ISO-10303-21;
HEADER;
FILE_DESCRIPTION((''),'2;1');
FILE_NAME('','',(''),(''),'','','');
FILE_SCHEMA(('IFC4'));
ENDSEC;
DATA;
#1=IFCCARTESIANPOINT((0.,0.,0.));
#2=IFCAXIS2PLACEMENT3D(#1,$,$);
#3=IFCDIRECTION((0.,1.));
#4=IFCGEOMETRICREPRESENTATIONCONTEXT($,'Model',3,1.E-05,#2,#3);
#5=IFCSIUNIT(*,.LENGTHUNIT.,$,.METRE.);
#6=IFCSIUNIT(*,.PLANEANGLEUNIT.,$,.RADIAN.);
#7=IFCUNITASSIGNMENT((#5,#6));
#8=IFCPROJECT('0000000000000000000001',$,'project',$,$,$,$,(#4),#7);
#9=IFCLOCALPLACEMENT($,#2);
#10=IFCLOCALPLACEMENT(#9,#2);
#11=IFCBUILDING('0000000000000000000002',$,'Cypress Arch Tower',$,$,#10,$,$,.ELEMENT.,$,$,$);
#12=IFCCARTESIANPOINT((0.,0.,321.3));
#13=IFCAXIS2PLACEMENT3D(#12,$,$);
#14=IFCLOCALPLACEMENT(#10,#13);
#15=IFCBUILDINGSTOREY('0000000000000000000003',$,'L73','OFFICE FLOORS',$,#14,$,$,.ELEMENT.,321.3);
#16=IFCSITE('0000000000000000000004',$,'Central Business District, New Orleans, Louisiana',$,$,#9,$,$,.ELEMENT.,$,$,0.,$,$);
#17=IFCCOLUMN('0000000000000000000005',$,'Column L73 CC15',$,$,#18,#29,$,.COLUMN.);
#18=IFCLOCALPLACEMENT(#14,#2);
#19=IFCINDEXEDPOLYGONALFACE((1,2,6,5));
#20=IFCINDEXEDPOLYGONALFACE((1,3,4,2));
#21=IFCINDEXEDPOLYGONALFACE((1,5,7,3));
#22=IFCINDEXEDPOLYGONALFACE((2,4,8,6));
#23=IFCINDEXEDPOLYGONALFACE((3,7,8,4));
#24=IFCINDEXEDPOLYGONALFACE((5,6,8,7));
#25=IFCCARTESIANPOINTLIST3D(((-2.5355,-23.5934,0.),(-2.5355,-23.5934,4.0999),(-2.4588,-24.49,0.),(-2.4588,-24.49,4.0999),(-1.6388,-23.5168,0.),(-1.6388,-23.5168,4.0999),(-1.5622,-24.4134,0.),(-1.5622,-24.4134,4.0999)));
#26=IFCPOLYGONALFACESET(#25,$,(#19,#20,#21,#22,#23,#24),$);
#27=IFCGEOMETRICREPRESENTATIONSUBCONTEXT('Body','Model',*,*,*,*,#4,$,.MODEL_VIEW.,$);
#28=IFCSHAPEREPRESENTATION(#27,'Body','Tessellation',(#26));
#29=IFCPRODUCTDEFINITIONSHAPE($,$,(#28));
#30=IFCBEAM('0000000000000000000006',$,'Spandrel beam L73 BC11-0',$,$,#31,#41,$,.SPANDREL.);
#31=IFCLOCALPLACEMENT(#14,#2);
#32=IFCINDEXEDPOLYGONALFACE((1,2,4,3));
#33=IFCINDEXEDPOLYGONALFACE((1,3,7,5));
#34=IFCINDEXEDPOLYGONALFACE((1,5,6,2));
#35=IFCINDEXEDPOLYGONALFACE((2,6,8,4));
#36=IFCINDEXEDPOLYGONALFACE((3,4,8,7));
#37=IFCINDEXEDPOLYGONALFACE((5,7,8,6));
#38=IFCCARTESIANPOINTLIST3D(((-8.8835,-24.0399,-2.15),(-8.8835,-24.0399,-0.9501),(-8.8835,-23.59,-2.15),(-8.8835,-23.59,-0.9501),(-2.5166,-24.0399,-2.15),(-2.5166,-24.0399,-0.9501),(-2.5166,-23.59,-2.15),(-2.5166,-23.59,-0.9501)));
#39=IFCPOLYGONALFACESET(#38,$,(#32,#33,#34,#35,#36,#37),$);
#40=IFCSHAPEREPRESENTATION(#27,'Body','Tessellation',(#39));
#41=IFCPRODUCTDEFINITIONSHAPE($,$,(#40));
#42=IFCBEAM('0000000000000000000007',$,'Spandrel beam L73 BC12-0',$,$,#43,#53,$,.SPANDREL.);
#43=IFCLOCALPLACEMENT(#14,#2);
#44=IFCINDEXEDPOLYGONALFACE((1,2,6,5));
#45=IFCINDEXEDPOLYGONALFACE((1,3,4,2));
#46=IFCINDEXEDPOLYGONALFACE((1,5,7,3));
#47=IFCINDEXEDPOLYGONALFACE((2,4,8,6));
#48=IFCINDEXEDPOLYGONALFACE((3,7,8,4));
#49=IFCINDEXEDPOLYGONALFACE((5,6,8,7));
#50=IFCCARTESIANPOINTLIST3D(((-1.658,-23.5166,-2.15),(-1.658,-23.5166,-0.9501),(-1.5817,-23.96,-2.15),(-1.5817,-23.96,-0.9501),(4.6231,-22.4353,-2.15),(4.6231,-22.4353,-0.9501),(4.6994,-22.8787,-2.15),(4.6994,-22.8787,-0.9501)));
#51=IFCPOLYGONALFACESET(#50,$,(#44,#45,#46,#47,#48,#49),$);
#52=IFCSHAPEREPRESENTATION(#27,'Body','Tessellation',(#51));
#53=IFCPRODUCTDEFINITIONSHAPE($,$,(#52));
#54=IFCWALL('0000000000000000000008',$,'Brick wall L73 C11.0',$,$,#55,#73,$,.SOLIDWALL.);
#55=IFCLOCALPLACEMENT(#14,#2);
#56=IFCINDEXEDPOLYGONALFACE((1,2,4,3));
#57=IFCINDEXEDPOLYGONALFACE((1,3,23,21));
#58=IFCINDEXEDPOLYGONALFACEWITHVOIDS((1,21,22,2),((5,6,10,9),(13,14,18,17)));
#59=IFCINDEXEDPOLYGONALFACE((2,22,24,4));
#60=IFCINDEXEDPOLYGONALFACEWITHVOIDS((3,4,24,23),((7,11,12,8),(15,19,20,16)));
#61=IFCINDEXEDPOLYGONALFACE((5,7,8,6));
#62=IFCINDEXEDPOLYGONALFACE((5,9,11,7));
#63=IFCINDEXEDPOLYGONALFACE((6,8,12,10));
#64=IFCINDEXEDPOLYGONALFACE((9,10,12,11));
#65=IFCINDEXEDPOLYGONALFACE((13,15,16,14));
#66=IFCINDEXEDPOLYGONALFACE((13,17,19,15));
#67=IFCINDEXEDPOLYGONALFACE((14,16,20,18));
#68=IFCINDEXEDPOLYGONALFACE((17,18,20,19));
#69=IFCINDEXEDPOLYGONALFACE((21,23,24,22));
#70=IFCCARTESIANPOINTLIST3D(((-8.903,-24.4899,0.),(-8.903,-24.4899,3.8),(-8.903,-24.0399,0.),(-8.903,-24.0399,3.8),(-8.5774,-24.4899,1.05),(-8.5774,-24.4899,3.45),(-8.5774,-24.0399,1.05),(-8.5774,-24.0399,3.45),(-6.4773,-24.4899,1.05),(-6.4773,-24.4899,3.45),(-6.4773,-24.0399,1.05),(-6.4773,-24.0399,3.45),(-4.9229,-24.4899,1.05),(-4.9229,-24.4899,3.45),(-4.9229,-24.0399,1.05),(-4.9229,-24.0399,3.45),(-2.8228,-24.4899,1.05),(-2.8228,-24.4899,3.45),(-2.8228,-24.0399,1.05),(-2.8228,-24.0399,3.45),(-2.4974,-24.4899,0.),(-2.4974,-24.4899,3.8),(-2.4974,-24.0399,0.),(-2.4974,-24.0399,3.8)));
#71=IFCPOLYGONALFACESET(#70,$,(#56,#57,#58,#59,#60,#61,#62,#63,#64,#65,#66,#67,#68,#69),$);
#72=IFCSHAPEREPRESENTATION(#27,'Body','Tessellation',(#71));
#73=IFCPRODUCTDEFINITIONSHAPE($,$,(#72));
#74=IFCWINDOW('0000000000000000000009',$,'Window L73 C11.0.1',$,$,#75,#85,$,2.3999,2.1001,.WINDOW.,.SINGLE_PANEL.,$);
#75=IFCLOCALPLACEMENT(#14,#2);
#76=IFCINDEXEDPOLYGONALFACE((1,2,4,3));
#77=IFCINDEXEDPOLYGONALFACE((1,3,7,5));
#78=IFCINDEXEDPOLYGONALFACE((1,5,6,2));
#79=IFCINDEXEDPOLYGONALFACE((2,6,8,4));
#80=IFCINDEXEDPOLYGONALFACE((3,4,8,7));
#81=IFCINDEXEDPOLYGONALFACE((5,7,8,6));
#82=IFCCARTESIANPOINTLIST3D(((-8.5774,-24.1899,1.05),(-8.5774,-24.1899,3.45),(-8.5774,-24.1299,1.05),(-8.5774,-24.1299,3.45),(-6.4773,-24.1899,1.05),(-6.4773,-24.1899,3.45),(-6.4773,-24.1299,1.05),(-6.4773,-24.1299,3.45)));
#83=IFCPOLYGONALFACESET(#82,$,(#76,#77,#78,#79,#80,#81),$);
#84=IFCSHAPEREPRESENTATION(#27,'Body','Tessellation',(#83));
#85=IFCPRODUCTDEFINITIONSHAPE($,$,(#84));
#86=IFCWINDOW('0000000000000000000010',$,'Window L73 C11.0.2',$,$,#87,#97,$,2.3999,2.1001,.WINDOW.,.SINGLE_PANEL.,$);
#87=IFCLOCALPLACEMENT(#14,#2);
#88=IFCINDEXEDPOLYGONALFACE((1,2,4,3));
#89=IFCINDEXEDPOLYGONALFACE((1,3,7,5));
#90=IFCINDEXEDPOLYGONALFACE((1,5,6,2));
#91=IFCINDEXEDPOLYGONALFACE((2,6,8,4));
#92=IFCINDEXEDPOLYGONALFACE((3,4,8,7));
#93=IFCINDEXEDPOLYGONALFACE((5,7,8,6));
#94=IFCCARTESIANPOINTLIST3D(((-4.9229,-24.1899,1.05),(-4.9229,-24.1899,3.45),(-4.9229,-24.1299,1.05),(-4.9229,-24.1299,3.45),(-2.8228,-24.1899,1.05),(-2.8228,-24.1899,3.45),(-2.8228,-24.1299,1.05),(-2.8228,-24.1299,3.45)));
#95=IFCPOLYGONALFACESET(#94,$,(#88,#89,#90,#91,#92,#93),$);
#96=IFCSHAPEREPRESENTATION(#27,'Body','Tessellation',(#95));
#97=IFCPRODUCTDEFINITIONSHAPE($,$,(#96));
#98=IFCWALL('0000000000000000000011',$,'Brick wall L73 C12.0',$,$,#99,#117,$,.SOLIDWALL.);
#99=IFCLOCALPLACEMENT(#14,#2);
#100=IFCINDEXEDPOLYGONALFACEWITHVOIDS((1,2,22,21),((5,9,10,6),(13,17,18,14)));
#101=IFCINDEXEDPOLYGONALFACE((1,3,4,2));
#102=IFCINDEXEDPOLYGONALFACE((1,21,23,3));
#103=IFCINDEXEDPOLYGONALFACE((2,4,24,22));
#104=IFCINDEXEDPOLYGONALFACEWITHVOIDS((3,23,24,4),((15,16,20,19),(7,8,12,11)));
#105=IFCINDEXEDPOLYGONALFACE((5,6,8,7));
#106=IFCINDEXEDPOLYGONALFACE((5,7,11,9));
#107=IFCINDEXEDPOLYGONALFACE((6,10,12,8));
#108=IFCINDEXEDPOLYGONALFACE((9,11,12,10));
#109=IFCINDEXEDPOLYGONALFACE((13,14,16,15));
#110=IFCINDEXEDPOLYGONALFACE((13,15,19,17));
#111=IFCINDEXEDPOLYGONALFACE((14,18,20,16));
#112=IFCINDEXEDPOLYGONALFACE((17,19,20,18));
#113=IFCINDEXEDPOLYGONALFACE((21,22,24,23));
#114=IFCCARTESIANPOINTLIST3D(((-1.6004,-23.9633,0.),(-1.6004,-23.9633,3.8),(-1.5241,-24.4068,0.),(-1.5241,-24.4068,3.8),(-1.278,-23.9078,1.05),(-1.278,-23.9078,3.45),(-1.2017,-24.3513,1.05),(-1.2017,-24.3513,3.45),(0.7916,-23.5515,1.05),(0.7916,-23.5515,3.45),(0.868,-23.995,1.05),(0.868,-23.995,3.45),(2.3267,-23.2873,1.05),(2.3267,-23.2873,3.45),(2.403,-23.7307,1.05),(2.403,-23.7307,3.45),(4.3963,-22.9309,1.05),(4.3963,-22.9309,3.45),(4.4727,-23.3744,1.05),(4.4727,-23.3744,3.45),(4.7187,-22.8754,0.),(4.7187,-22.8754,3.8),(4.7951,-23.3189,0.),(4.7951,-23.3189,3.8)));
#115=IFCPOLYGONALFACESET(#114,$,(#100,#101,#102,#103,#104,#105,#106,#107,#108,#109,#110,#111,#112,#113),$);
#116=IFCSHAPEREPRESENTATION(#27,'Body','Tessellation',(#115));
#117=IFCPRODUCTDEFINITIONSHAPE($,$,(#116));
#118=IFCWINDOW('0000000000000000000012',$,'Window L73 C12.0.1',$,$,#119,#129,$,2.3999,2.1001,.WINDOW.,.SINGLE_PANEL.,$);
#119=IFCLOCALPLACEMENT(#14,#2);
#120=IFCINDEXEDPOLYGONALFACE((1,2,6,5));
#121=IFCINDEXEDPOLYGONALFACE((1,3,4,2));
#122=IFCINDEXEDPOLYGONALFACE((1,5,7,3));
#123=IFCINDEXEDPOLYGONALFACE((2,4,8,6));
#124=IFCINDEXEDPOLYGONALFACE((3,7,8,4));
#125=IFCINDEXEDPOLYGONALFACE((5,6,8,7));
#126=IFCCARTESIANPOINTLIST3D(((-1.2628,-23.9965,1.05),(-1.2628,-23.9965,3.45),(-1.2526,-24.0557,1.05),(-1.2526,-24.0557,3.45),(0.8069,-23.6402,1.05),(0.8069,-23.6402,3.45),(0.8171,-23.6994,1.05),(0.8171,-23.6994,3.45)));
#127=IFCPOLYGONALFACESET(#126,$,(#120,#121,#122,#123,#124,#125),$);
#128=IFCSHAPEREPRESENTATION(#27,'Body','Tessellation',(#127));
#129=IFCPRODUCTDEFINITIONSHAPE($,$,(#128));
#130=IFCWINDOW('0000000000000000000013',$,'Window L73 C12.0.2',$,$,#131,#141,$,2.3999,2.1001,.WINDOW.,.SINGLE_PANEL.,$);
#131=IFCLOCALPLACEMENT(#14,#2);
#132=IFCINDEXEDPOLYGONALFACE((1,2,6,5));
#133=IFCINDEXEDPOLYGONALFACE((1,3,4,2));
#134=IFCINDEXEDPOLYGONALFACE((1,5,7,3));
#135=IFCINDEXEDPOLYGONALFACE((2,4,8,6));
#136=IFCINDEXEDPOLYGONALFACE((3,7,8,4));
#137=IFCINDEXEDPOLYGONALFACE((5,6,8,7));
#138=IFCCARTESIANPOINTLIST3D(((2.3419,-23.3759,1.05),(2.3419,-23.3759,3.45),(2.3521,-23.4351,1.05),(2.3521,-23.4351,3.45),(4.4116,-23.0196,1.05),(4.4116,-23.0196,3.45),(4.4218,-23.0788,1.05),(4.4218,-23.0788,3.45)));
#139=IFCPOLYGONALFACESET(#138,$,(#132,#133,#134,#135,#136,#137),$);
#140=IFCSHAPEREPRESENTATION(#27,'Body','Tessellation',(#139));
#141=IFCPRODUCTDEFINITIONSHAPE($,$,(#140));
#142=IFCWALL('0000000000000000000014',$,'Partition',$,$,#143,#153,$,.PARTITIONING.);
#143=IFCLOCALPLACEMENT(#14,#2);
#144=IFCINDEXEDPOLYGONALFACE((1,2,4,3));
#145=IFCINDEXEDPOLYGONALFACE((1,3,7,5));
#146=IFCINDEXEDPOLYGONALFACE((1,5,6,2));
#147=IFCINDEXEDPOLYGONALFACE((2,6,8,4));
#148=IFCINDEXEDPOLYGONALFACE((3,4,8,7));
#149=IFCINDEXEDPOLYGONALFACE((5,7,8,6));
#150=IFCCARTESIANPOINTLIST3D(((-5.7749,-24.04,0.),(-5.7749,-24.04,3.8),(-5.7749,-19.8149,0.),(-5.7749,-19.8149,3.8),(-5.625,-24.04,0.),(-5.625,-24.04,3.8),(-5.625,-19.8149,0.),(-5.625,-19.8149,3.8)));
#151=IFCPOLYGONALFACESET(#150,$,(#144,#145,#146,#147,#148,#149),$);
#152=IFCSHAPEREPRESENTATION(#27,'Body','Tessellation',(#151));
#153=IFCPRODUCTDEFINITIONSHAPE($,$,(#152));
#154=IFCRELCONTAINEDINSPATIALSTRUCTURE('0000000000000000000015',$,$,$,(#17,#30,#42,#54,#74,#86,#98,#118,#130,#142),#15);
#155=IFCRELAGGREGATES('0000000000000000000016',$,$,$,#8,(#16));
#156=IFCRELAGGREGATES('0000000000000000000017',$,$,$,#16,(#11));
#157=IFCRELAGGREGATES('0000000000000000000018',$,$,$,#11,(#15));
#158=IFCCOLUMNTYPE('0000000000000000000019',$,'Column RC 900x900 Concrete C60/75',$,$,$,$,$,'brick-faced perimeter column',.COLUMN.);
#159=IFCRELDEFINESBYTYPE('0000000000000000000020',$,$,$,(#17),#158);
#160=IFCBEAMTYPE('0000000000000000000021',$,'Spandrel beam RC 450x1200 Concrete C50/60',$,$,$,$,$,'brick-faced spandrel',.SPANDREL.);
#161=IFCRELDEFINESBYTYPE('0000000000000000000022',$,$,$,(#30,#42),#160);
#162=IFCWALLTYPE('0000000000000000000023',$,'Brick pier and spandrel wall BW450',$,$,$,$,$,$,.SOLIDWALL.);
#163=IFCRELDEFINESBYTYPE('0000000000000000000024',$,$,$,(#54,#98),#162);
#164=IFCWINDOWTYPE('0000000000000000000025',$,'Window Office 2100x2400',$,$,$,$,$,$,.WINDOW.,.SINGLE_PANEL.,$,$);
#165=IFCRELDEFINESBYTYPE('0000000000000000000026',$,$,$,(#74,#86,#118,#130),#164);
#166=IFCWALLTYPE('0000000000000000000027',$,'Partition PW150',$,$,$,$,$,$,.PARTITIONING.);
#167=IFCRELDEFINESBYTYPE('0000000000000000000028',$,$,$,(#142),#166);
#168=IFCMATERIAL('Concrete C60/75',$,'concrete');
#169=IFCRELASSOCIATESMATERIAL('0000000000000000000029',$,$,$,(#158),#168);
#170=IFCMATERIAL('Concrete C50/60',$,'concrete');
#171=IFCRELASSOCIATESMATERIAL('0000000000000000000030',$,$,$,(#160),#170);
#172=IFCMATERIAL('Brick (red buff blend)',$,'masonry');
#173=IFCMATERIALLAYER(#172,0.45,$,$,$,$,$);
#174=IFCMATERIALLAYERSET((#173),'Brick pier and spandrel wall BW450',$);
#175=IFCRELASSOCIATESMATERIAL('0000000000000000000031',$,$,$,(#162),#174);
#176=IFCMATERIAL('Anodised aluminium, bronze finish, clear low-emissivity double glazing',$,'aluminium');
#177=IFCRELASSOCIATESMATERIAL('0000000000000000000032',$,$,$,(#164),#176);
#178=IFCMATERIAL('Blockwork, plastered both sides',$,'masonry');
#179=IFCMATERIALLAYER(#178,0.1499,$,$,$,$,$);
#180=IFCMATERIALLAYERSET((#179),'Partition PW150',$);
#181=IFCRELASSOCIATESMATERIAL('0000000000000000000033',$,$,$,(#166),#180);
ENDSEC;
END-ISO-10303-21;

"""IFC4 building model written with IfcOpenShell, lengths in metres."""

from ifc_helpers import new_model, si_unit, direction, frame, frame_2d, origin, origin_2d, place, context, subcontext, project, spatial, rectangle, extrude, material, layer, layer_set, material_profile, profile_set, type_object, element, fill, save


model = new_model("IFC4")

# Units and contexts
model_context = context("Model", 3, precision=1e-05, world=origin(), true_north=direction((0.0, 1.0)))
body_context = subcontext(model_context, "Body", "Model", "MODEL_VIEW")
ifc_project = project(units=[si_unit("LENGTHUNIT", "METRE"), si_unit("PLANEANGLEUNIT", "RADIAN")], contexts=[model_context])

# Site, building, storey
site_placement = place(None, origin())
site = spatial("IfcSite", under=ifc_project, at=site_placement, Name="Central Business District, New Orleans, Louisiana", CompositionType="ELEMENT", RefElevation=0.0)
building_placement = place(site_placement, origin())
building = spatial("IfcBuilding", under=site, at=building_placement, Name="Cypress Arch Tower", CompositionType="ELEMENT")
storey_placement = place(building_placement, frame((0.0, 0.0, 321.3)))
storey = spatial("IfcBuildingStorey", under=building, at=storey_placement, Name="L73", Description="OFFICE FLOORS", CompositionType="ELEMENT", Elevation=321.3)

# Column
ifc_material_1 = material(Name="Concrete C60/75", Category="concrete")
ifc_material_profile_1 = material_profile(ifc_material_1, rectangle(XDim=0.8999, YDim=0.8999, at=origin_2d()), Name="RC 900x900")
ifc_profile_set_1 = profile_set([ifc_material_profile_1], Name="Concrete C60/75")
column_type = type_object("IfcColumnType", Name="Column RC 900x900 Concrete C60/75", ElementType="brick-faced perimeter column", PredefinedType="COLUMN", material=ifc_profile_set_1)
column_placement = place(storey_placement, frame((-2.0488, -24.0034, 0.0), z_axis=(0.0, 0.0, 1.0), x_axis=(0.996368, 0.085149, 0.0)))
element("IfcColumn", 1, at=column_placement, inside=storey, type_object=column_type, Name="Column L73 CC15", PredefinedType="COLUMN", context=body_context, shape_type="SweptSolid", body=[
    extrude(rectangle(XDim=0.8999, YDim=0.8999, at=origin_2d()), origin(), (0.0, 0.0, 1.0), 4.0999),
])

# Beams
ifc_material_2 = material(Name="Concrete C50/60", Category="concrete")
ifc_material_profile_2 = material_profile(ifc_material_2, rectangle(XDim=0.45, YDim=1.2, at=origin_2d()), Name="RC 450x1200")
ifc_profile_set_2 = profile_set([ifc_material_profile_2], Name="Concrete C50/60")
beam_type = type_object("IfcBeamType", Name="Spandrel beam RC 450x1200 Concrete C50/60", ElementType="brick-faced spandrel", PredefinedType="SPANDREL", material=ifc_profile_set_2)
beam_1_placement = place(storey_placement, frame((-8.8835, -23.8149, -1.55), z_axis=(1.0, 0.0, 0.0), x_axis=(0.0, 1.0, 0.0)))
element("IfcBeam", 2, at=beam_1_placement, inside=storey, type_object=beam_type, Name="Spandrel beam L73 BC11-0", PredefinedType="SPANDREL", context=body_context, shape_type="SweptSolid", body=[
    extrude(rectangle(XDim=0.45, YDim=1.2, at=origin_2d()), origin(), (0.0, 0.0, 1.0), 6.3669),
])
beam_2_placement = place(storey_placement, frame((-1.6199, -23.7383, -1.55), z_axis=(0.985504, 0.169652, 0.0), x_axis=(-0.169652, 0.985504, 0.0)))
element("IfcBeam", 3, at=beam_2_placement, inside=storey, type_object=beam_type, Name="Spandrel beam L73 BC12-0", PredefinedType="SPANDREL", context=body_context, shape_type="SweptSolid", body=[
    extrude(rectangle(XDim=0.45, YDim=1.2, at=origin_2d()), origin(), (0.0, 0.0, 1.0), 6.3735),
])

# Walls, openings, windows
ifc_material_3 = material(Name="Brick (red buff blend)", Category="masonry")
ifc_layer_1 = layer(ifc_material_3, 0.45)
ifc_layer_set_1 = layer_set([ifc_layer_1], Name="Brick pier and spandrel wall BW450")
wall_type_1 = type_object("IfcWallType", Name="Brick pier and spandrel wall BW450", PredefinedType="SOLIDWALL", material=ifc_layer_set_1)
wall_1_placement = place(storey_placement, frame((-8.9028, -24.2649, 0.0), z_axis=(0.0, 0.0, 1.0), x_axis=(1.0, 0.0, 0.0)))
wall_1 = element("IfcWall", 4, at=wall_1_placement, inside=storey, type_object=wall_type_1, Name="Brick wall L73 C11.0", PredefinedType="SOLIDWALL", context=body_context, shape_type="SweptSolid", body=[
    extrude(rectangle(XDim=6.4055, YDim=0.45, at=frame_2d((3.2026, 0.0))), origin(), (0.0, 0.0, 1.0), 3.8),
])
opening_1_placement = place(wall_1_placement, frame((0.3254, 0.0, 1.05)))
opening_1 = element("IfcOpeningElement", 5, at=opening_1_placement, cuts=wall_1, PredefinedType="OPENING", context=body_context, shape_type="SweptSolid", body=[
    extrude(rectangle(XDim=2.1001, YDim=2.3999, at=frame_2d((1.05, 1.2))), frame((0.0, 0.2349, 0.0), z_axis=(0.0, -1.0, 0.0), x_axis=(1.0, 0.0, 0.0)), (0.0, 0.0, 1.0), 0.47),
])
opening_2_placement = place(wall_1_placement, frame((3.98, 0.0, 1.05)))
opening_2 = element("IfcOpeningElement", 6, at=opening_2_placement, cuts=wall_1, PredefinedType="OPENING", context=body_context, shape_type="SweptSolid", body=[
    extrude(rectangle(XDim=2.1001, YDim=2.3999, at=frame_2d((1.05, 1.2))), frame((0.0, 0.2349, 0.0), z_axis=(0.0, -1.0, 0.0), x_axis=(1.0, 0.0, 0.0)), (0.0, 0.0, 1.0), 0.47),
])
ifc_material_4 = material(Name="Anodised aluminium, bronze finish, clear low-emissivity double glazing", Category="aluminium")
window_type = type_object("IfcWindowType", Name="Window Office 2100x2400", PartitioningType="SINGLE_PANEL", PredefinedType="WINDOW", material=ifc_material_4)
window_1_placement = place(opening_1_placement, origin())
window_1 = element("IfcWindow", 7, at=window_1_placement, inside=storey, type_object=window_type, Name="Window L73 C11.0.1", OverallHeight=2.3999, OverallWidth=2.1001, PartitioningType="SINGLE_PANEL", PredefinedType="WINDOW", context=body_context, shape_type="SweptSolid", body=[
    extrude(rectangle(XDim=2.1001, YDim=2.3999, at=frame_2d((1.05, 1.2))), frame((0.0, 0.135, 0.0), z_axis=(0.0, -1.0, 0.0), x_axis=(1.0, 0.0, 0.0)), (0.0, 0.0, 1.0), 0.0601),
])
fill(opening_1, window_1)
window_2_placement = place(opening_2_placement, origin())
window_2 = element("IfcWindow", 8, at=window_2_placement, inside=storey, type_object=window_type, Name="Window L73 C11.0.2", OverallHeight=2.3999, OverallWidth=2.1001, PartitioningType="SINGLE_PANEL", PredefinedType="WINDOW", context=body_context, shape_type="SweptSolid", body=[
    extrude(rectangle(XDim=2.1001, YDim=2.3999, at=frame_2d((1.05, 1.2))), frame((0.0, 0.135, 0.0), z_axis=(0.0, -1.0, 0.0), x_axis=(1.0, 0.0, 0.0)), (0.0, 0.0, 1.0), 0.0601),
])
fill(opening_2, window_2)
wall_2_placement = place(storey_placement, frame((-1.5623, -24.1851, 0.0), z_axis=(0.0, 0.0, 1.0), x_axis=(0.985502, 0.169663, 0.0)))
wall_2 = element("IfcWall", 9, at=wall_2_placement, inside=storey, type_object=wall_type_1, Name="Brick wall L73 C12.0", PredefinedType="SOLIDWALL", context=body_context, shape_type="SweptSolid", body=[
    extrude(rectangle(XDim=6.4121, YDim=0.45, at=frame_2d((3.2061, 0.0))), origin(), (0.0, 0.0, 1.0), 3.8),
])
opening_3_placement = place(wall_2_placement, frame((0.3271, 0.0, 1.05)))
opening_3 = element("IfcOpeningElement", 10, at=opening_3_placement, cuts=wall_2, PredefinedType="OPENING", context=body_context, shape_type="SweptSolid", body=[
    extrude(rectangle(XDim=2.1001, YDim=2.3999, at=frame_2d((1.05, 1.2))), frame((0.0, 0.2349, 0.0), z_axis=(0.0, -1.0, 0.0), x_axis=(1.0, 0.0, 0.0)), (0.0, 0.0, 1.0), 0.47),
])
opening_4_placement = place(wall_2_placement, frame((3.9849, 0.0, 1.05)))
opening_4 = element("IfcOpeningElement", 11, at=opening_4_placement, cuts=wall_2, PredefinedType="OPENING", context=body_context, shape_type="SweptSolid", body=[
    extrude(rectangle(XDim=2.1001, YDim=2.3999, at=frame_2d((1.05, 1.2))), frame((0.0, 0.2349, 0.0), z_axis=(0.0, -1.0, 0.0), x_axis=(1.0, 0.0, 0.0)), (0.0, 0.0, 1.0), 0.47),
])
window_3_placement = place(opening_3_placement, origin())
window_3 = element("IfcWindow", 12, at=window_3_placement, inside=storey, type_object=window_type, Name="Window L73 C12.0.1", OverallHeight=2.3999, OverallWidth=2.1001, PartitioningType="SINGLE_PANEL", PredefinedType="WINDOW", context=body_context, shape_type="SweptSolid", body=[
    extrude(rectangle(XDim=2.1001, YDim=2.3999, at=frame_2d((1.05, 1.2))), frame((0.0, 0.135, 0.0), z_axis=(0.0, -1.0, 0.0), x_axis=(1.0, 0.0, 0.0)), (0.0, 0.0, 1.0), 0.0601),
])
fill(opening_3, window_3)
window_4_placement = place(opening_4_placement, origin())
window_4 = element("IfcWindow", 13, at=window_4_placement, inside=storey, type_object=window_type, Name="Window L73 C12.0.2", OverallHeight=2.3999, OverallWidth=2.1001, PartitioningType="SINGLE_PANEL", PredefinedType="WINDOW", context=body_context, shape_type="SweptSolid", body=[
    extrude(rectangle(XDim=2.1001, YDim=2.3999, at=frame_2d((1.05, 1.2))), frame((0.0, 0.135, 0.0), z_axis=(0.0, -1.0, 0.0), x_axis=(1.0, 0.0, 0.0)), (0.0, 0.0, 1.0), 0.0601),
])
fill(opening_4, window_4)

# Wall
ifc_material_5 = material(Name="Blockwork, plastered both sides", Category="masonry")
ifc_layer_2 = layer(ifc_material_5, 0.1499)
ifc_layer_set_2 = layer_set([ifc_layer_2], Name="Partition PW150")
wall_type_2 = type_object("IfcWallType", Name="Partition PW150", PredefinedType="PARTITIONING", material=ifc_layer_set_2)
wall_3_placement = place(storey_placement, frame((-5.7, -24.04, 0.0), z_axis=(0.0, 0.0, 1.0), x_axis=(0.0, 1.0, 0.0)))
element("IfcWall", 14, at=wall_3_placement, inside=storey, type_object=wall_type_2, Name="Partition", PredefinedType="PARTITIONING", context=body_context, shape_type="SweptSolid", body=[
    extrude(rectangle(XDim=4.2251, YDim=0.1499, at=frame_2d((2.1125, 0.0))), origin(), (0.0, 0.0, 1.0), 3.8),
])

save(model, "model.ifc")
